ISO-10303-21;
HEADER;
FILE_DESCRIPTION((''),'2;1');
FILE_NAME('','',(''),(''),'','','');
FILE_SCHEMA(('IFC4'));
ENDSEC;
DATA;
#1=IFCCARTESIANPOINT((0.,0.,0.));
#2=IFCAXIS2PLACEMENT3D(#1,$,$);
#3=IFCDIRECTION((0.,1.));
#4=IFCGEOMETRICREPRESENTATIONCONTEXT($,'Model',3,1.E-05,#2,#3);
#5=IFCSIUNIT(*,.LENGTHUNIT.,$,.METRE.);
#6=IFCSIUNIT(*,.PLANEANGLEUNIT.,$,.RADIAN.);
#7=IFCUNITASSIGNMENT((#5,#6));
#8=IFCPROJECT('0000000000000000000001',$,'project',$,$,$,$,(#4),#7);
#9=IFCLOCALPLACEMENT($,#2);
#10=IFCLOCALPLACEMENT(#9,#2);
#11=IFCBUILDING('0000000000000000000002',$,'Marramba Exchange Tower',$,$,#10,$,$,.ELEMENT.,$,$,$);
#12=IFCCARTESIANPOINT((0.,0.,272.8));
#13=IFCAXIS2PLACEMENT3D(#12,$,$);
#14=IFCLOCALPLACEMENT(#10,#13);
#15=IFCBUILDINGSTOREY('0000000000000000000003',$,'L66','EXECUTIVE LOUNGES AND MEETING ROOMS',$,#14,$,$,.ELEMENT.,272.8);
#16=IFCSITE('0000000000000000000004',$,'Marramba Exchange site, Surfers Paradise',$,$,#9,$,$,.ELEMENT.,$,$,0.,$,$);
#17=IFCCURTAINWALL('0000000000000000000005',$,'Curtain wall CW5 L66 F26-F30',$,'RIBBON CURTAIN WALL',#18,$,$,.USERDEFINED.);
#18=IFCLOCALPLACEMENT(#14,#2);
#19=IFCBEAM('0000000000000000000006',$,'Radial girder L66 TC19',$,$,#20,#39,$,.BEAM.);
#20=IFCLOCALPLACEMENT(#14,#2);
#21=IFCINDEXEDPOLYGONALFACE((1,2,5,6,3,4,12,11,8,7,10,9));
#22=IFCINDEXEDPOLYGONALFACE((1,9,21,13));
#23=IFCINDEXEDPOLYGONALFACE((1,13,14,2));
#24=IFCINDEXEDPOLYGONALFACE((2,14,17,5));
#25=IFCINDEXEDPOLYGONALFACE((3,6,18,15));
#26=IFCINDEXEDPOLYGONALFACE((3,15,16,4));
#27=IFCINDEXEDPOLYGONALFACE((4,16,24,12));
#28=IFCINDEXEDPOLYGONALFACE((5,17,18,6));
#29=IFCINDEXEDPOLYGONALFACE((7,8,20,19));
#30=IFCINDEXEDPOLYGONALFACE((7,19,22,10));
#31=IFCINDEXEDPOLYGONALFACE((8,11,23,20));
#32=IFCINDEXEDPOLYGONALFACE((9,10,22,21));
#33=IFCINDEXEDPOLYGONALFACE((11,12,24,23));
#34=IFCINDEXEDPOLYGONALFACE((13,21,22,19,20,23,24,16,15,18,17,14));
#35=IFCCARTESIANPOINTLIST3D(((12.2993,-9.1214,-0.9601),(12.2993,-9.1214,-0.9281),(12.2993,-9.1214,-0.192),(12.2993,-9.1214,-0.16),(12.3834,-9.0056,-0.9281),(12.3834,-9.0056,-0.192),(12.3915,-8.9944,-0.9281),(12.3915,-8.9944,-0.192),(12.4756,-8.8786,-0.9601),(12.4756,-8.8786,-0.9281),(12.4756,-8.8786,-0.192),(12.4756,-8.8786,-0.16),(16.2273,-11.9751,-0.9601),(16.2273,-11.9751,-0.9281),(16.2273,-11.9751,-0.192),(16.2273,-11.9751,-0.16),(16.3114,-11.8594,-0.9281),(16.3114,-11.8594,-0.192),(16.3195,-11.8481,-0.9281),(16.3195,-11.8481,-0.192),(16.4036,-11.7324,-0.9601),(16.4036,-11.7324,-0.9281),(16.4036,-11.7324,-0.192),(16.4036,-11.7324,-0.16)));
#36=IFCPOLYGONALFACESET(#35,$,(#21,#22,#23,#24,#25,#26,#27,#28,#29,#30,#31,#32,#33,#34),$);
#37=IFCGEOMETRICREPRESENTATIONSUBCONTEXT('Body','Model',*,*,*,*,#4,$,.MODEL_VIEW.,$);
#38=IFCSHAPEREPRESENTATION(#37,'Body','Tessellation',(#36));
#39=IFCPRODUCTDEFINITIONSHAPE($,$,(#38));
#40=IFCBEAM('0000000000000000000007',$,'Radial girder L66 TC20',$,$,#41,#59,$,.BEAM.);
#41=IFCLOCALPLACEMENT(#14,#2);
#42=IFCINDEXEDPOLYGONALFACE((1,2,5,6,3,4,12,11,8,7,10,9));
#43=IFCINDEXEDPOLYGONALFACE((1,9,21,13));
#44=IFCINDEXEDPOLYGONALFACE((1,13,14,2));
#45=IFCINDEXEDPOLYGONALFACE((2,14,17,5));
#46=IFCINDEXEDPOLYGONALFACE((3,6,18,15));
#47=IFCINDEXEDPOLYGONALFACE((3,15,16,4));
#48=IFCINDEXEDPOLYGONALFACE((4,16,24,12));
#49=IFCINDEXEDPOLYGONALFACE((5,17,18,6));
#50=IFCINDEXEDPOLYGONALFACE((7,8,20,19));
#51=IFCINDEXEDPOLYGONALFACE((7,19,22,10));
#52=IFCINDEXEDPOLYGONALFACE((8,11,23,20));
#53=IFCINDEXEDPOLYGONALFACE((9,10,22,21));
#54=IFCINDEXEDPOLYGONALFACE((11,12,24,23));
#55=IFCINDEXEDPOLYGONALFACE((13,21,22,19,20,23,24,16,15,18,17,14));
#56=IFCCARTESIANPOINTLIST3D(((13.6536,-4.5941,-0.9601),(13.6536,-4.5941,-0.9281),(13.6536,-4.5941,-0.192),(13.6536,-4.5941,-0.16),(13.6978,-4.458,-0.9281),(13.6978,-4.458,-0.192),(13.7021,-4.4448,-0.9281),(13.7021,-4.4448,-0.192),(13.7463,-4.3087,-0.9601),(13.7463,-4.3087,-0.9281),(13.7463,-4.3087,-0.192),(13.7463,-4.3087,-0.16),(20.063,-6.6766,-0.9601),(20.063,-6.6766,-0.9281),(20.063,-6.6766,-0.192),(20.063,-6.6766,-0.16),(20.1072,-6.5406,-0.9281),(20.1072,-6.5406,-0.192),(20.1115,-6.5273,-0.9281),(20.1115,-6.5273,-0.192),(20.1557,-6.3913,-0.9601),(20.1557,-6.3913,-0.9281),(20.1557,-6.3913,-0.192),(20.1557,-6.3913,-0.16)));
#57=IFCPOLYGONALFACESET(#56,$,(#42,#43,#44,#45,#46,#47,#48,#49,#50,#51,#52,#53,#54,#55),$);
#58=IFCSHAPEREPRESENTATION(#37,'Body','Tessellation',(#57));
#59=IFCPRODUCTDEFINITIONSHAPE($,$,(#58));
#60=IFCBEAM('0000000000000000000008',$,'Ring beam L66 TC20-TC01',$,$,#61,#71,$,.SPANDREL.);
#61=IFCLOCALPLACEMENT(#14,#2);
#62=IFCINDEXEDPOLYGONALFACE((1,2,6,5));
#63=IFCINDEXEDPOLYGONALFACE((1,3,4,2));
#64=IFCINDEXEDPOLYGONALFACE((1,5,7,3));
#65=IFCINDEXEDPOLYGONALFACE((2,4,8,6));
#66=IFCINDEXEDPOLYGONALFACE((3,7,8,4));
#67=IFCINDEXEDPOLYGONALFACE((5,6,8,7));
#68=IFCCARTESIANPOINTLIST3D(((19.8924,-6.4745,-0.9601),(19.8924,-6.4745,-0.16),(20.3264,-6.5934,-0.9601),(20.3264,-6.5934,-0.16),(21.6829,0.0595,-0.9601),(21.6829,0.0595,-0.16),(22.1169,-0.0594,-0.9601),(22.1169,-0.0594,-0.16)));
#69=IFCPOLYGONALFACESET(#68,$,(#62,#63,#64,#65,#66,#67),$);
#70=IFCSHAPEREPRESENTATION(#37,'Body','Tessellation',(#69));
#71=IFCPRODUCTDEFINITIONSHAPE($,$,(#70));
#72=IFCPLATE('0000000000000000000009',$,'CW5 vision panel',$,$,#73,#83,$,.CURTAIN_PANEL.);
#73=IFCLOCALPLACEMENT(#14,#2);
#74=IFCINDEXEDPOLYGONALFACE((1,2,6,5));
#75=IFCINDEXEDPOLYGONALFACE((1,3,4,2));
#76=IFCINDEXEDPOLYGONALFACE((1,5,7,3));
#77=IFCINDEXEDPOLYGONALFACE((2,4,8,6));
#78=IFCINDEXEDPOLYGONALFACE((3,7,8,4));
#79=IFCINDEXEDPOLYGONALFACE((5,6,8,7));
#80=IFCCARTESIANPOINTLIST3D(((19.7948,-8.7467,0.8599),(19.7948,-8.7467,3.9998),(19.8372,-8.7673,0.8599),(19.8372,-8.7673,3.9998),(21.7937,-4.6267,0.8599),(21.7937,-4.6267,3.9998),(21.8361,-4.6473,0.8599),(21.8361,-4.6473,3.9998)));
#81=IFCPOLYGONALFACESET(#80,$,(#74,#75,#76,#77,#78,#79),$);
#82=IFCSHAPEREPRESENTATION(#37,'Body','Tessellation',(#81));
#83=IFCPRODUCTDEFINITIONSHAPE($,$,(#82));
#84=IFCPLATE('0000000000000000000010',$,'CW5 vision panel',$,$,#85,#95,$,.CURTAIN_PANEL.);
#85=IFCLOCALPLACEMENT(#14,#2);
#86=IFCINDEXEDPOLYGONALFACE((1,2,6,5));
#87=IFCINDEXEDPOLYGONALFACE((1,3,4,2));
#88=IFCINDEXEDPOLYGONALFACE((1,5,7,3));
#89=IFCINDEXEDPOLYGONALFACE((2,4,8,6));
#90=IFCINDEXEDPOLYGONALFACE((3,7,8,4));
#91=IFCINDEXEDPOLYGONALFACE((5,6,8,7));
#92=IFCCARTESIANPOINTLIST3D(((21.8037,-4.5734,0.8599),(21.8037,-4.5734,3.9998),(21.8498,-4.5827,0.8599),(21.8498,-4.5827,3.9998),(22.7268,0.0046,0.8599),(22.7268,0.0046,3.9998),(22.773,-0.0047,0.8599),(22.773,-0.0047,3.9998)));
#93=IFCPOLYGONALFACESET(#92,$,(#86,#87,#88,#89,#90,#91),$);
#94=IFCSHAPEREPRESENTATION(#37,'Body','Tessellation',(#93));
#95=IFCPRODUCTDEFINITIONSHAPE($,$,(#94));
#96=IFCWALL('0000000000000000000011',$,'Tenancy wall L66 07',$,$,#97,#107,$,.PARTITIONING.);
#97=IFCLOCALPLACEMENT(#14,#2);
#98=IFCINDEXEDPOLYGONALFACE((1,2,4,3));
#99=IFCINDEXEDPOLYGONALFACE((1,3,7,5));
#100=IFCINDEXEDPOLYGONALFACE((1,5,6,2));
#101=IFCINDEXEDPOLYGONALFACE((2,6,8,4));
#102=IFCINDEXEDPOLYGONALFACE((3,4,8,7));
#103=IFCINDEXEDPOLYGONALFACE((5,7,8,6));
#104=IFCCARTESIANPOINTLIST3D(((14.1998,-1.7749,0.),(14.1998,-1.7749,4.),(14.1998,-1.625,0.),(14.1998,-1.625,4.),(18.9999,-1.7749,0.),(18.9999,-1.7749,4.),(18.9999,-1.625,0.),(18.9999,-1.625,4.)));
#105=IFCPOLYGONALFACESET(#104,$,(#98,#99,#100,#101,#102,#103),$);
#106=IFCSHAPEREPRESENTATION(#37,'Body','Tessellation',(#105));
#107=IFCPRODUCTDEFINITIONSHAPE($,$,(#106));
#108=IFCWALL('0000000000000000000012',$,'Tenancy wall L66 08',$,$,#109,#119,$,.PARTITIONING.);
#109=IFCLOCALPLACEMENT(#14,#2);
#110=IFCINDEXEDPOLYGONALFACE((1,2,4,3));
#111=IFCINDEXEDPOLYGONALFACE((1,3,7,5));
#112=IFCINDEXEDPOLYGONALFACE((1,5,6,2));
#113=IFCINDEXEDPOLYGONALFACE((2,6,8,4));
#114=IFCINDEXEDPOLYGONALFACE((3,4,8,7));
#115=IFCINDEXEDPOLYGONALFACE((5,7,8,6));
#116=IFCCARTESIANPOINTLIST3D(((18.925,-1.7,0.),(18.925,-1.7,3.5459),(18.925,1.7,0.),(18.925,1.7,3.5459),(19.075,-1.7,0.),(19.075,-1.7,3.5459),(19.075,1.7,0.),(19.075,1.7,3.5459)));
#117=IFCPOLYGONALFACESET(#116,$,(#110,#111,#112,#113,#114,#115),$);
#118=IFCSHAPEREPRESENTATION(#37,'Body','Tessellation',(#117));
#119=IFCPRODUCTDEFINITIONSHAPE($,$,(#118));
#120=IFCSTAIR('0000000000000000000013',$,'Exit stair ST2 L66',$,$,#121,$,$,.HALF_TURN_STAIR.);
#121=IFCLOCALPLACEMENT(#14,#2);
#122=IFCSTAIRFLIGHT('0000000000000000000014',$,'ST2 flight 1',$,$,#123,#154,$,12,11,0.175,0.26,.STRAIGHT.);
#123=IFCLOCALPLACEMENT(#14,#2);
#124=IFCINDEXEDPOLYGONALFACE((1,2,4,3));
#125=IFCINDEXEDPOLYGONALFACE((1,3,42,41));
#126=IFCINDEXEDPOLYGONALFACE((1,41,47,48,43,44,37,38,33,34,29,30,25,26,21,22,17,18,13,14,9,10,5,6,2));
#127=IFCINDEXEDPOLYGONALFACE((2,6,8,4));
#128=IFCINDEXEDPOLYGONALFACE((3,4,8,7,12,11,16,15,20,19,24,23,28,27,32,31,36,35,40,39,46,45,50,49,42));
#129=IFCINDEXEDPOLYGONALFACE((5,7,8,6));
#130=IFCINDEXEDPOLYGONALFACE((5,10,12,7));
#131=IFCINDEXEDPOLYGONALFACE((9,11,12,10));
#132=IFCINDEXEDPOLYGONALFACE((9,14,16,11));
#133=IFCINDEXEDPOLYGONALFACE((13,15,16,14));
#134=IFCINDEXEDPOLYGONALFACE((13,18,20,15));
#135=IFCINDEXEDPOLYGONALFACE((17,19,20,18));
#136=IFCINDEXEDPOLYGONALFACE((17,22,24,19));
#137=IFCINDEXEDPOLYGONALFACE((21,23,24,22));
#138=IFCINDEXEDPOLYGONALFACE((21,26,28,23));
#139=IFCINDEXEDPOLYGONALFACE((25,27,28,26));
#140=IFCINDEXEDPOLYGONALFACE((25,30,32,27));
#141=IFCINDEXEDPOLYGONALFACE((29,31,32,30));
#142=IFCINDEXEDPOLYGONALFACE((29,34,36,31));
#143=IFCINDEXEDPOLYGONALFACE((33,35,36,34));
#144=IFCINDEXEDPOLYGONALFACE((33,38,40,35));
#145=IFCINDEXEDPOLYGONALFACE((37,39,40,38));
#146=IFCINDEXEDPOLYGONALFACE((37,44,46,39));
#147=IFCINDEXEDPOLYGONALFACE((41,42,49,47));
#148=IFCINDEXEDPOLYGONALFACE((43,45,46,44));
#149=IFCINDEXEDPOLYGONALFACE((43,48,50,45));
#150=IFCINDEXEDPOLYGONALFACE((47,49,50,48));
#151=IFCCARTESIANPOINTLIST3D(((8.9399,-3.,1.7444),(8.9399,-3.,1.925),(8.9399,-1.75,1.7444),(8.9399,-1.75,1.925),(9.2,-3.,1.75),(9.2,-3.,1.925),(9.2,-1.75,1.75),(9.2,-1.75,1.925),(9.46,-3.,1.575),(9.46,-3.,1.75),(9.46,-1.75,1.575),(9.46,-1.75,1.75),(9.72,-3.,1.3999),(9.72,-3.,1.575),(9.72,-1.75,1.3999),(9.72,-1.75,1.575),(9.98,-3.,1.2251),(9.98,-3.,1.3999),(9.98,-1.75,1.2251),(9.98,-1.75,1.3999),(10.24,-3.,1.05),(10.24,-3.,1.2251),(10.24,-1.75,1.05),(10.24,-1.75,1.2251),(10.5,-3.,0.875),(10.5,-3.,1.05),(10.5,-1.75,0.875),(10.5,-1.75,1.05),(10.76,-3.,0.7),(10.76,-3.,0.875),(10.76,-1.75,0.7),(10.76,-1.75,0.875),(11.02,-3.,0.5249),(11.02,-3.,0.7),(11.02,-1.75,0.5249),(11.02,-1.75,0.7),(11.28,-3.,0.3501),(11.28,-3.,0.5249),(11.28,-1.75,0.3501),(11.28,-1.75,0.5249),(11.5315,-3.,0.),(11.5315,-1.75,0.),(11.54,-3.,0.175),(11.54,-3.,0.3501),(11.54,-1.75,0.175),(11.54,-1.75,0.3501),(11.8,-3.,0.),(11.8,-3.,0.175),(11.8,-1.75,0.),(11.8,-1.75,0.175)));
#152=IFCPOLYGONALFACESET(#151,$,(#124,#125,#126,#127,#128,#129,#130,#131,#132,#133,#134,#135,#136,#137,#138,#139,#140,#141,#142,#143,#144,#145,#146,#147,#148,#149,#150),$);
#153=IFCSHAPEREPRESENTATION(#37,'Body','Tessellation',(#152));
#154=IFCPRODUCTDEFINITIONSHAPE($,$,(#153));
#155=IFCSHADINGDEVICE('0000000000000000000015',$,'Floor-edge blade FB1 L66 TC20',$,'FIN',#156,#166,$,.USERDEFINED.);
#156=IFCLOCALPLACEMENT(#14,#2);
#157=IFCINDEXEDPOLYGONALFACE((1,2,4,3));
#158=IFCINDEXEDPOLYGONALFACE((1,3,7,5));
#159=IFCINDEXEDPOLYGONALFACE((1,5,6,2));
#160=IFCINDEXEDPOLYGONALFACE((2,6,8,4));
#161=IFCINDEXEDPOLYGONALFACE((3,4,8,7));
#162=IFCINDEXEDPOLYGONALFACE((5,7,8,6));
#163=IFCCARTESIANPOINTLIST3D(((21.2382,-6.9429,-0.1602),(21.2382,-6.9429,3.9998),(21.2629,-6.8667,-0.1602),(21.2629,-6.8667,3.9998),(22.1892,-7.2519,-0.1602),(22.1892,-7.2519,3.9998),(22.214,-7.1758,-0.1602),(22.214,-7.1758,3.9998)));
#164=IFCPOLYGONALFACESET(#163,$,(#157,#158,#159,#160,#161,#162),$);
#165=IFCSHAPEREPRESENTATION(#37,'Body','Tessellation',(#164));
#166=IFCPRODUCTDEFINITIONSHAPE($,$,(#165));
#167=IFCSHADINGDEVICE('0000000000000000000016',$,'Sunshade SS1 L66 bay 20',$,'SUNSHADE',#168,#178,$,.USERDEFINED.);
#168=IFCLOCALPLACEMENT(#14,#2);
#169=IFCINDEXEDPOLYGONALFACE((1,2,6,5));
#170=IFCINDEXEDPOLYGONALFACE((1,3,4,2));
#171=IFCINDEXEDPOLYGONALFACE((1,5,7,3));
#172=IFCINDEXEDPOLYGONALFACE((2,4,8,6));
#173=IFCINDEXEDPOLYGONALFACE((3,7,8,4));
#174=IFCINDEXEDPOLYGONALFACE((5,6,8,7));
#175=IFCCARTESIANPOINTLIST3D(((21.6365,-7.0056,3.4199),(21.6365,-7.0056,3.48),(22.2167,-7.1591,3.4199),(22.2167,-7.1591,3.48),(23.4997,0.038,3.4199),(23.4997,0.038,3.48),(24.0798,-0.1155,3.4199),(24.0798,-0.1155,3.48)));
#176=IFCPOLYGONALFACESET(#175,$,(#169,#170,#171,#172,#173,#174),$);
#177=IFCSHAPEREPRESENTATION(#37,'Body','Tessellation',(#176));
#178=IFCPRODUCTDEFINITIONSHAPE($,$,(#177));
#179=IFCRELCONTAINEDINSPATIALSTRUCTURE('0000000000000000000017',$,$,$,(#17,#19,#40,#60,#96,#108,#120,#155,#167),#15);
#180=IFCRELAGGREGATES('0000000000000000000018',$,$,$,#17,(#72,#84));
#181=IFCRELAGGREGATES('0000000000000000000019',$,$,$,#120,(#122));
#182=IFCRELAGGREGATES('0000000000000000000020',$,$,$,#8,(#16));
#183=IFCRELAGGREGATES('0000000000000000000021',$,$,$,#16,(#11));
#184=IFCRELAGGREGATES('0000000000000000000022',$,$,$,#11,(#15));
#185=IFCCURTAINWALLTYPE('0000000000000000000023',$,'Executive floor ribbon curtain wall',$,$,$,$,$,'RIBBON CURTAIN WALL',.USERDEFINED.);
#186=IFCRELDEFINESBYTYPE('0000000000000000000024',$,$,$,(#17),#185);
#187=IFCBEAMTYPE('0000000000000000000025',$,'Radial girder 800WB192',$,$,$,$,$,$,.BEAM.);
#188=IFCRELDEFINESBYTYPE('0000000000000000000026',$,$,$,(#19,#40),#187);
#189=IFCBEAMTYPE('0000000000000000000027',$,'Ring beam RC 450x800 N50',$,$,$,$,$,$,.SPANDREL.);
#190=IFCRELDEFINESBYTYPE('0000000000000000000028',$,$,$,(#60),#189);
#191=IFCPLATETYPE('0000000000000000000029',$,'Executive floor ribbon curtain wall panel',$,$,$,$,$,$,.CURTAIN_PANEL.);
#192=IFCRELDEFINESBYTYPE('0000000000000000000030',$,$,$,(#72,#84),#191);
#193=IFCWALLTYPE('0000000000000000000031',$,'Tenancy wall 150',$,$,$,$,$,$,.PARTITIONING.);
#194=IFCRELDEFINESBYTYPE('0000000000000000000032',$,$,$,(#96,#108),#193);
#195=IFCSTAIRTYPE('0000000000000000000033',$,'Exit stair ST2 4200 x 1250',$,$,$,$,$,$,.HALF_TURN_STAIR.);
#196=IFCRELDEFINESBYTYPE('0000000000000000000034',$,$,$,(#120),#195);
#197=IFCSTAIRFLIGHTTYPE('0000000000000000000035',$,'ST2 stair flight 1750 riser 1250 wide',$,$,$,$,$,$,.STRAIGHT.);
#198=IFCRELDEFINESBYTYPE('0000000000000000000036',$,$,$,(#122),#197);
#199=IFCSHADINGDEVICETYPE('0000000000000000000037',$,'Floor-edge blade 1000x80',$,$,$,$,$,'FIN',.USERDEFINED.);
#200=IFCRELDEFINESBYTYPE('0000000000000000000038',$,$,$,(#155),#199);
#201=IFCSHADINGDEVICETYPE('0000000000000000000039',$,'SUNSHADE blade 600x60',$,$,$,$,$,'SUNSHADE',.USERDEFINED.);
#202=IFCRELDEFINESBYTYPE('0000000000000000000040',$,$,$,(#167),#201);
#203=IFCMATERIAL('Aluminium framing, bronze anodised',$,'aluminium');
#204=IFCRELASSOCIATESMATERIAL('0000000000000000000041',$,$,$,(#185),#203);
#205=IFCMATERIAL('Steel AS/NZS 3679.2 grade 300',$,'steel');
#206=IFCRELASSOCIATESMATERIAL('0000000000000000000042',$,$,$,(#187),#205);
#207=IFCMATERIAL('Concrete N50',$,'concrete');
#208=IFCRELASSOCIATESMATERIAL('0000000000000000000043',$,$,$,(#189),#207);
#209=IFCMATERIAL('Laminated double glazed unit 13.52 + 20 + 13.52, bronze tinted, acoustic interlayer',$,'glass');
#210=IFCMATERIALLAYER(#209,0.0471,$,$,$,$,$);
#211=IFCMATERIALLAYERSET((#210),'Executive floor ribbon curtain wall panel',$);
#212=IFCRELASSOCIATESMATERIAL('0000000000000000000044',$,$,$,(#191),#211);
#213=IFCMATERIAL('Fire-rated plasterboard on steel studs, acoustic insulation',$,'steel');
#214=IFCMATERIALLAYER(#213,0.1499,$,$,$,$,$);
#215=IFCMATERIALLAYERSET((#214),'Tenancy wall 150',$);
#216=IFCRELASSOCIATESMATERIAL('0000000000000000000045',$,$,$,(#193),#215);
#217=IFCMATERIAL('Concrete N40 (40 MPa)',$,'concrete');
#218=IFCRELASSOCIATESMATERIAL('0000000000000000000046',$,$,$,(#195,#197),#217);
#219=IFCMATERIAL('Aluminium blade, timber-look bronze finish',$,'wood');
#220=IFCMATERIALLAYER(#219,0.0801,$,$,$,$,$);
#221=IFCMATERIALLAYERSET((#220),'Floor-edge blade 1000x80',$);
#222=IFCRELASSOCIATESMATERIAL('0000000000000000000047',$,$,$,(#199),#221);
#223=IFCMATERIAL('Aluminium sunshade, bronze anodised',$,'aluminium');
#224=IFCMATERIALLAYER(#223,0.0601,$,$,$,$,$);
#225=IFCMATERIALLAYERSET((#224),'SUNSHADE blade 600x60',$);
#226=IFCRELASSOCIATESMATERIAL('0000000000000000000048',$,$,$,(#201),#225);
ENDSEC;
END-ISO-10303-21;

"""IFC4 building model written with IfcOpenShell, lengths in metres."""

from ifc_helpers import new_model, si_unit, direction, frame, frame_2d, origin, origin_2d, place, context, subcontext, project, spatial, polyline, rectangle, i_section, outline, extrude, material, layer, layer_set, material_profile, profile_set, type_object, element, aggregate, save


model = new_model("IFC4")

# Units and contexts
model_context = context("Model", 3, precision=1e-05, world=origin(), true_north=direction((0.0, 1.0)))
body_context = subcontext(model_context, "Body", "Model", "MODEL_VIEW")
ifc_project = project(units=[si_unit("LENGTHUNIT", "METRE"), si_unit("PLANEANGLEUNIT", "RADIAN")], contexts=[model_context])

# Site, building, storey
site_placement = place(None, origin())
site = spatial("IfcSite", under=ifc_project, at=site_placement, Name="Marramba Exchange site, Surfers Paradise", CompositionType="ELEMENT", RefElevation=0.0)
building_placement = place(site_placement, origin())
building = spatial("IfcBuilding", under=site, at=building_placement, Name="Marramba Exchange Tower", CompositionType="ELEMENT")
storey_placement = place(building_placement, frame((0.0, 0.0, 272.8)))
storey = spatial("IfcBuildingStorey", under=building, at=storey_placement, Name="L66", Description="EXECUTIVE LOUNGES AND MEETING ROOMS", CompositionType="ELEMENT", Elevation=272.8)

# Shared definitions
ifc_material_1 = material(Name="Concrete N50", Category="concrete")

# Curtain wall
ifc_material_2 = material(Name="Aluminium framing, bronze anodised", Category="aluminium")
curtain_wall_type = type_object("IfcCurtainWallType", Name="Executive floor ribbon curtain wall", ElementType="RIBBON CURTAIN WALL", PredefinedType="USERDEFINED", material=ifc_material_2)
curtain_wall_placement = place(storey_placement, origin())
curtain_wall = element("IfcCurtainWall", 1, at=curtain_wall_placement, inside=storey, type_object=curtain_wall_type, Name="Curtain wall CW5 L66 F26-F30", ObjectType="RIBBON CURTAIN WALL", PredefinedType="USERDEFINED")

# Beams
ifc_material_3 = material(Name="Steel AS/NZS 3679.2 grade 300", Category="steel")
ifc_material_profile_1 = material_profile(ifc_material_3, i_section(OverallWidth=0.3, OverallDepth=0.8, WebThickness=0.0139, FlangeThickness=0.032, at=origin_2d()), Name="800WB192")
ifc_profile_set_1 = profile_set([ifc_material_profile_1], Name="Steel AS/NZS 3679.2 grade 300")
beam_type_1 = type_object("IfcBeamType", Name="Radial girder 800WB192", PredefinedType="BEAM", material=ifc_profile_set_1)
beam_1_placement = place(storey_placement, frame((12.3875, -9.0, -0.5601), z_axis=(0.809025, -0.587774, 0.0), x_axis=(0.587774, 0.809025, 0.0)))
element("IfcBeam", 2, at=beam_1_placement, inside=storey, type_object=beam_type_1, Name="Radial girder L66 TC19", PredefinedType="BEAM", context=body_context, shape_type="SweptSolid", body=[
    extrude(i_section(OverallWidth=0.3, OverallDepth=0.8, WebThickness=0.0139, FlangeThickness=0.032, at=origin_2d()), origin(), (0.0, 0.0, 1.0), 4.8552),
])
beam_2_placement = place(storey_placement, frame((13.7, -4.4514, -0.5601), z_axis=(0.951058, -0.309013, 0.0), x_axis=(0.309013, 0.951058, 0.0)))
element("IfcBeam", 3, at=beam_2_placement, inside=storey, type_object=beam_type_1, Name="Radial girder L66 TC20", PredefinedType="BEAM", context=body_context, shape_type="SweptSolid", body=[
    extrude(i_section(OverallWidth=0.3, OverallDepth=0.8, WebThickness=0.0139, FlangeThickness=0.032, at=origin_2d()), origin(), (0.0, 0.0, 1.0), 6.7393),
])
ifc_material_profile_2 = material_profile(ifc_material_1, rectangle(XDim=0.45, YDim=0.8, at=origin_2d()), Name="RC 450x800")
ifc_profile_set_2 = profile_set([ifc_material_profile_2], Name="Concrete N50")
beam_type_2 = type_object("IfcBeamType", Name="Ring beam RC 450x800 N50", PredefinedType="SPANDREL", material=ifc_profile_set_2)
beam_3_placement = place(storey_placement, frame((20.1094, -6.5339, -0.5601), z_axis=(0.264291, 0.964443, 0.0), x_axis=(-0.964443, 0.264291, 0.0)))
element("IfcBeam", 4, at=beam_3_placement, inside=storey, type_object=beam_type_2, Name="Ring beam L66 TC20-TC01", PredefinedType="SPANDREL", context=body_context, shape_type="SweptSolid", body=[
    extrude(rectangle(XDim=0.45, YDim=0.8, at=origin_2d()), origin(), (0.0, 0.0, 1.0), 6.7749),
])

# Plates
ifc_material_4 = material(Name="Laminated double glazed unit 13.52 + 20 + 13.52, bronze tinted, acoustic interlayer", Category="glass")
ifc_layer_1 = layer(ifc_material_4, 0.0471)
ifc_layer_set_1 = layer_set([ifc_layer_1], Name="Executive floor ribbon curtain wall panel")
plate_type = type_object("IfcPlateType", Name="Executive floor ribbon curtain wall panel", PredefinedType="CURTAIN_PANEL", material=ifc_layer_set_1)
plate_1_placement = place(storey_placement, frame((20.8154, -6.697, 0.8599), z_axis=(0.0, 0.0, 1.0), x_axis=(0.436515, 0.899697, 0.0)))
plate_1 = element("IfcPlate", 5, at=plate_1_placement, type_object=plate_type, Name="CW5 vision panel", PredefinedType="CURTAIN_PANEL", context=body_context, shape_type="SweptSolid", body=[
    extrude(rectangle(XDim=4.5793, YDim=0.0471, at=origin_2d()), origin(), (0.0, 0.0, 1.0), 3.1399),
])
plate_2_placement = place(storey_placement, frame((22.2883, -2.2891, 0.8599), z_axis=(0.0, 0.0, 1.0), x_axis=(0.197671, 0.980269, 0.0)))
plate_2 = element("IfcPlate", 6, at=plate_2_placement, type_object=plate_type, Name="CW5 vision panel", PredefinedType="CURTAIN_PANEL", context=body_context, shape_type="SweptSolid", body=[
    extrude(rectangle(XDim=4.6702, YDim=0.0471, at=origin_2d()), origin(), (0.0, 0.0, 1.0), 3.1399),
])
aggregate(curtain_wall, [plate_1, plate_2])

# Walls
ifc_material_5 = material(Name="Fire-rated plasterboard on steel studs, acoustic insulation", Category="steel")
ifc_layer_2 = layer(ifc_material_5, 0.1499)
ifc_layer_set_2 = layer_set([ifc_layer_2], Name="Tenancy wall 150")
wall_type = type_object("IfcWallType", Name="Tenancy wall 150", PredefinedType="PARTITIONING", material=ifc_layer_set_2)
wall_1_placement = place(storey_placement, frame((14.2, -1.7, 0.0), z_axis=(0.0, 0.0, 1.0), x_axis=(1.0, 0.0, 0.0)))
element("IfcWall", 7, at=wall_1_placement, inside=storey, type_object=wall_type, Name="Tenancy wall L66 07", PredefinedType="PARTITIONING", context=body_context, shape_type="SweptSolid", body=[
    extrude(rectangle(XDim=4.8, YDim=0.1499, at=frame_2d((2.3999, 0.0))), origin(), (0.0, 0.0, 1.0), 4.0),
])
wall_2_placement = place(storey_placement, frame((19.0, -1.7, 0.0), z_axis=(0.0, 0.0, 1.0), x_axis=(0.0, 1.0, 0.0)))
element("IfcWall", 8, at=wall_2_placement, inside=storey, type_object=wall_type, Name="Tenancy wall L66 08", PredefinedType="PARTITIONING", context=body_context, shape_type="SweptSolid", body=[
    extrude(rectangle(XDim=3.3999, YDim=0.1499, at=frame_2d((1.7, 0.0))), origin(), (0.0, 0.0, 1.0), 3.5459),
])

# Stair, stair flight
ifc_material_6 = material(Name="Concrete N40 (40 MPa)", Category="concrete")
stair_type = type_object("IfcStairType", Name="Exit stair ST2 4200 x 1250", PredefinedType="HALF_TURN_STAIR", material=ifc_material_6)
stair_placement = place(storey_placement, origin())
stair = element("IfcStair", 9, at=stair_placement, inside=storey, type_object=stair_type, Name="Exit stair ST2 L66", PredefinedType="HALF_TURN_STAIR")
stair_flight_type = type_object("IfcStairFlightType", Name="ST2 stair flight 1750 riser 1250 wide", PredefinedType="STRAIGHT", material=ifc_material_6)
stair_flight_placement = place(storey_placement, frame((11.8, -2.375, 0.0), z_axis=(0.0, 0.0, 1.0), x_axis=(-1.0, 0.0, 0.0)))
stair_flight = element("IfcStairFlight", 10, at=stair_flight_placement, type_object=stair_flight_type, Name="ST2 flight 1", NumberOfRisers=12, NumberOfTreads=11, PredefinedType="STRAIGHT", RiserHeight=0.175, TreadLength=0.26, context=body_context, shape_type="SweptSolid", body=[
    extrude(outline(polyline([(0.0, 0.0), (0.0, 0.175), (0.26, 0.175), (0.26, 0.3501), (0.52, 0.3501), (0.52, 0.5249), (0.78, 0.5249), (0.78, 0.7), (1.04, 0.7), (1.04, 0.875), (1.3, 0.875), (1.3, 1.05), (1.5601, 1.05), (1.5601, 1.2251), (1.8201, 1.2251), (1.8201, 1.3999), (2.0801, 1.3999), (2.0801, 1.575), (2.3401, 1.575), (2.3401, 1.75), (2.6001, 1.75), (2.6001, 1.925), (2.8601, 1.925), (2.8601, 2.1001), (2.8601, 1.7444), (0.2686, 0.0), (0.0, 0.0)])), frame((0.0, 0.625, 0.0), z_axis=(0.0, -1.0, 0.0), x_axis=(1.0, 0.0, 0.0)), (0.0, 0.0, 1.0), 1.25),
])
aggregate(stair, [stair_flight])

# Shading devices
ifc_material_7 = material(Name="Aluminium blade, timber-look bronze finish", Category="wood")
ifc_layer_3 = layer(ifc_material_7, 0.0801)
ifc_layer_set_3 = layer_set([ifc_layer_3], Name="Floor-edge blade 1000x80")
shading_device_type_1 = type_object("IfcShadingDeviceType", Name="Floor-edge blade 1000x80", ElementType="FIN", PredefinedType="USERDEFINED", material=ifc_layer_set_3)
shading_device_1_placement = place(storey_placement, frame((21.7261, -7.0593, -0.1602), z_axis=(0.0, 0.0, 1.0), x_axis=(0.951057, -0.309017, 0.0)))
element("IfcShadingDevice", 11, at=shading_device_1_placement, inside=storey, type_object=shading_device_type_1, Name="Floor-edge blade FB1 L66 TC20", ObjectType="FIN", PredefinedType="USERDEFINED", context=body_context, shape_type="SweptSolid", body=[
    extrude(rectangle(XDim=1.0, YDim=0.0801, at=origin_2d()), origin(), (0.0, 0.0, 1.0), 4.1599),
])
ifc_material_8 = material(Name="Aluminium sunshade, bronze anodised", Category="aluminium")
ifc_layer_4 = layer(ifc_material_8, 0.0601)
ifc_layer_set_4 = layer_set([ifc_layer_4], Name="SUNSHADE blade 600x60")
shading_device_type_2 = type_object("IfcShadingDeviceType", Name="SUNSHADE blade 600x60", ElementType="SUNSHADE", PredefinedType="USERDEFINED", material=ifc_layer_set_4)
shading_device_2_placement = place(storey_placement, frame((22.8582, -3.5605, 3.4199), z_axis=(0.0, 0.0, 1.0), x_axis=(0.255719, 0.966751, 0.0)))
element("IfcShadingDevice", 12, at=shading_device_2_placement, inside=storey, type_object=shading_device_type_2, Name="Sunshade SS1 L66 bay 20", ObjectType="SUNSHADE", PredefinedType="USERDEFINED", context=body_context, shape_type="SweptSolid", body=[
    extrude(rectangle(XDim=7.2859, YDim=0.6001, at=origin_2d()), origin(), (0.0, 0.0, 1.0), 0.0601),
])

save(model, "model.ifc")
